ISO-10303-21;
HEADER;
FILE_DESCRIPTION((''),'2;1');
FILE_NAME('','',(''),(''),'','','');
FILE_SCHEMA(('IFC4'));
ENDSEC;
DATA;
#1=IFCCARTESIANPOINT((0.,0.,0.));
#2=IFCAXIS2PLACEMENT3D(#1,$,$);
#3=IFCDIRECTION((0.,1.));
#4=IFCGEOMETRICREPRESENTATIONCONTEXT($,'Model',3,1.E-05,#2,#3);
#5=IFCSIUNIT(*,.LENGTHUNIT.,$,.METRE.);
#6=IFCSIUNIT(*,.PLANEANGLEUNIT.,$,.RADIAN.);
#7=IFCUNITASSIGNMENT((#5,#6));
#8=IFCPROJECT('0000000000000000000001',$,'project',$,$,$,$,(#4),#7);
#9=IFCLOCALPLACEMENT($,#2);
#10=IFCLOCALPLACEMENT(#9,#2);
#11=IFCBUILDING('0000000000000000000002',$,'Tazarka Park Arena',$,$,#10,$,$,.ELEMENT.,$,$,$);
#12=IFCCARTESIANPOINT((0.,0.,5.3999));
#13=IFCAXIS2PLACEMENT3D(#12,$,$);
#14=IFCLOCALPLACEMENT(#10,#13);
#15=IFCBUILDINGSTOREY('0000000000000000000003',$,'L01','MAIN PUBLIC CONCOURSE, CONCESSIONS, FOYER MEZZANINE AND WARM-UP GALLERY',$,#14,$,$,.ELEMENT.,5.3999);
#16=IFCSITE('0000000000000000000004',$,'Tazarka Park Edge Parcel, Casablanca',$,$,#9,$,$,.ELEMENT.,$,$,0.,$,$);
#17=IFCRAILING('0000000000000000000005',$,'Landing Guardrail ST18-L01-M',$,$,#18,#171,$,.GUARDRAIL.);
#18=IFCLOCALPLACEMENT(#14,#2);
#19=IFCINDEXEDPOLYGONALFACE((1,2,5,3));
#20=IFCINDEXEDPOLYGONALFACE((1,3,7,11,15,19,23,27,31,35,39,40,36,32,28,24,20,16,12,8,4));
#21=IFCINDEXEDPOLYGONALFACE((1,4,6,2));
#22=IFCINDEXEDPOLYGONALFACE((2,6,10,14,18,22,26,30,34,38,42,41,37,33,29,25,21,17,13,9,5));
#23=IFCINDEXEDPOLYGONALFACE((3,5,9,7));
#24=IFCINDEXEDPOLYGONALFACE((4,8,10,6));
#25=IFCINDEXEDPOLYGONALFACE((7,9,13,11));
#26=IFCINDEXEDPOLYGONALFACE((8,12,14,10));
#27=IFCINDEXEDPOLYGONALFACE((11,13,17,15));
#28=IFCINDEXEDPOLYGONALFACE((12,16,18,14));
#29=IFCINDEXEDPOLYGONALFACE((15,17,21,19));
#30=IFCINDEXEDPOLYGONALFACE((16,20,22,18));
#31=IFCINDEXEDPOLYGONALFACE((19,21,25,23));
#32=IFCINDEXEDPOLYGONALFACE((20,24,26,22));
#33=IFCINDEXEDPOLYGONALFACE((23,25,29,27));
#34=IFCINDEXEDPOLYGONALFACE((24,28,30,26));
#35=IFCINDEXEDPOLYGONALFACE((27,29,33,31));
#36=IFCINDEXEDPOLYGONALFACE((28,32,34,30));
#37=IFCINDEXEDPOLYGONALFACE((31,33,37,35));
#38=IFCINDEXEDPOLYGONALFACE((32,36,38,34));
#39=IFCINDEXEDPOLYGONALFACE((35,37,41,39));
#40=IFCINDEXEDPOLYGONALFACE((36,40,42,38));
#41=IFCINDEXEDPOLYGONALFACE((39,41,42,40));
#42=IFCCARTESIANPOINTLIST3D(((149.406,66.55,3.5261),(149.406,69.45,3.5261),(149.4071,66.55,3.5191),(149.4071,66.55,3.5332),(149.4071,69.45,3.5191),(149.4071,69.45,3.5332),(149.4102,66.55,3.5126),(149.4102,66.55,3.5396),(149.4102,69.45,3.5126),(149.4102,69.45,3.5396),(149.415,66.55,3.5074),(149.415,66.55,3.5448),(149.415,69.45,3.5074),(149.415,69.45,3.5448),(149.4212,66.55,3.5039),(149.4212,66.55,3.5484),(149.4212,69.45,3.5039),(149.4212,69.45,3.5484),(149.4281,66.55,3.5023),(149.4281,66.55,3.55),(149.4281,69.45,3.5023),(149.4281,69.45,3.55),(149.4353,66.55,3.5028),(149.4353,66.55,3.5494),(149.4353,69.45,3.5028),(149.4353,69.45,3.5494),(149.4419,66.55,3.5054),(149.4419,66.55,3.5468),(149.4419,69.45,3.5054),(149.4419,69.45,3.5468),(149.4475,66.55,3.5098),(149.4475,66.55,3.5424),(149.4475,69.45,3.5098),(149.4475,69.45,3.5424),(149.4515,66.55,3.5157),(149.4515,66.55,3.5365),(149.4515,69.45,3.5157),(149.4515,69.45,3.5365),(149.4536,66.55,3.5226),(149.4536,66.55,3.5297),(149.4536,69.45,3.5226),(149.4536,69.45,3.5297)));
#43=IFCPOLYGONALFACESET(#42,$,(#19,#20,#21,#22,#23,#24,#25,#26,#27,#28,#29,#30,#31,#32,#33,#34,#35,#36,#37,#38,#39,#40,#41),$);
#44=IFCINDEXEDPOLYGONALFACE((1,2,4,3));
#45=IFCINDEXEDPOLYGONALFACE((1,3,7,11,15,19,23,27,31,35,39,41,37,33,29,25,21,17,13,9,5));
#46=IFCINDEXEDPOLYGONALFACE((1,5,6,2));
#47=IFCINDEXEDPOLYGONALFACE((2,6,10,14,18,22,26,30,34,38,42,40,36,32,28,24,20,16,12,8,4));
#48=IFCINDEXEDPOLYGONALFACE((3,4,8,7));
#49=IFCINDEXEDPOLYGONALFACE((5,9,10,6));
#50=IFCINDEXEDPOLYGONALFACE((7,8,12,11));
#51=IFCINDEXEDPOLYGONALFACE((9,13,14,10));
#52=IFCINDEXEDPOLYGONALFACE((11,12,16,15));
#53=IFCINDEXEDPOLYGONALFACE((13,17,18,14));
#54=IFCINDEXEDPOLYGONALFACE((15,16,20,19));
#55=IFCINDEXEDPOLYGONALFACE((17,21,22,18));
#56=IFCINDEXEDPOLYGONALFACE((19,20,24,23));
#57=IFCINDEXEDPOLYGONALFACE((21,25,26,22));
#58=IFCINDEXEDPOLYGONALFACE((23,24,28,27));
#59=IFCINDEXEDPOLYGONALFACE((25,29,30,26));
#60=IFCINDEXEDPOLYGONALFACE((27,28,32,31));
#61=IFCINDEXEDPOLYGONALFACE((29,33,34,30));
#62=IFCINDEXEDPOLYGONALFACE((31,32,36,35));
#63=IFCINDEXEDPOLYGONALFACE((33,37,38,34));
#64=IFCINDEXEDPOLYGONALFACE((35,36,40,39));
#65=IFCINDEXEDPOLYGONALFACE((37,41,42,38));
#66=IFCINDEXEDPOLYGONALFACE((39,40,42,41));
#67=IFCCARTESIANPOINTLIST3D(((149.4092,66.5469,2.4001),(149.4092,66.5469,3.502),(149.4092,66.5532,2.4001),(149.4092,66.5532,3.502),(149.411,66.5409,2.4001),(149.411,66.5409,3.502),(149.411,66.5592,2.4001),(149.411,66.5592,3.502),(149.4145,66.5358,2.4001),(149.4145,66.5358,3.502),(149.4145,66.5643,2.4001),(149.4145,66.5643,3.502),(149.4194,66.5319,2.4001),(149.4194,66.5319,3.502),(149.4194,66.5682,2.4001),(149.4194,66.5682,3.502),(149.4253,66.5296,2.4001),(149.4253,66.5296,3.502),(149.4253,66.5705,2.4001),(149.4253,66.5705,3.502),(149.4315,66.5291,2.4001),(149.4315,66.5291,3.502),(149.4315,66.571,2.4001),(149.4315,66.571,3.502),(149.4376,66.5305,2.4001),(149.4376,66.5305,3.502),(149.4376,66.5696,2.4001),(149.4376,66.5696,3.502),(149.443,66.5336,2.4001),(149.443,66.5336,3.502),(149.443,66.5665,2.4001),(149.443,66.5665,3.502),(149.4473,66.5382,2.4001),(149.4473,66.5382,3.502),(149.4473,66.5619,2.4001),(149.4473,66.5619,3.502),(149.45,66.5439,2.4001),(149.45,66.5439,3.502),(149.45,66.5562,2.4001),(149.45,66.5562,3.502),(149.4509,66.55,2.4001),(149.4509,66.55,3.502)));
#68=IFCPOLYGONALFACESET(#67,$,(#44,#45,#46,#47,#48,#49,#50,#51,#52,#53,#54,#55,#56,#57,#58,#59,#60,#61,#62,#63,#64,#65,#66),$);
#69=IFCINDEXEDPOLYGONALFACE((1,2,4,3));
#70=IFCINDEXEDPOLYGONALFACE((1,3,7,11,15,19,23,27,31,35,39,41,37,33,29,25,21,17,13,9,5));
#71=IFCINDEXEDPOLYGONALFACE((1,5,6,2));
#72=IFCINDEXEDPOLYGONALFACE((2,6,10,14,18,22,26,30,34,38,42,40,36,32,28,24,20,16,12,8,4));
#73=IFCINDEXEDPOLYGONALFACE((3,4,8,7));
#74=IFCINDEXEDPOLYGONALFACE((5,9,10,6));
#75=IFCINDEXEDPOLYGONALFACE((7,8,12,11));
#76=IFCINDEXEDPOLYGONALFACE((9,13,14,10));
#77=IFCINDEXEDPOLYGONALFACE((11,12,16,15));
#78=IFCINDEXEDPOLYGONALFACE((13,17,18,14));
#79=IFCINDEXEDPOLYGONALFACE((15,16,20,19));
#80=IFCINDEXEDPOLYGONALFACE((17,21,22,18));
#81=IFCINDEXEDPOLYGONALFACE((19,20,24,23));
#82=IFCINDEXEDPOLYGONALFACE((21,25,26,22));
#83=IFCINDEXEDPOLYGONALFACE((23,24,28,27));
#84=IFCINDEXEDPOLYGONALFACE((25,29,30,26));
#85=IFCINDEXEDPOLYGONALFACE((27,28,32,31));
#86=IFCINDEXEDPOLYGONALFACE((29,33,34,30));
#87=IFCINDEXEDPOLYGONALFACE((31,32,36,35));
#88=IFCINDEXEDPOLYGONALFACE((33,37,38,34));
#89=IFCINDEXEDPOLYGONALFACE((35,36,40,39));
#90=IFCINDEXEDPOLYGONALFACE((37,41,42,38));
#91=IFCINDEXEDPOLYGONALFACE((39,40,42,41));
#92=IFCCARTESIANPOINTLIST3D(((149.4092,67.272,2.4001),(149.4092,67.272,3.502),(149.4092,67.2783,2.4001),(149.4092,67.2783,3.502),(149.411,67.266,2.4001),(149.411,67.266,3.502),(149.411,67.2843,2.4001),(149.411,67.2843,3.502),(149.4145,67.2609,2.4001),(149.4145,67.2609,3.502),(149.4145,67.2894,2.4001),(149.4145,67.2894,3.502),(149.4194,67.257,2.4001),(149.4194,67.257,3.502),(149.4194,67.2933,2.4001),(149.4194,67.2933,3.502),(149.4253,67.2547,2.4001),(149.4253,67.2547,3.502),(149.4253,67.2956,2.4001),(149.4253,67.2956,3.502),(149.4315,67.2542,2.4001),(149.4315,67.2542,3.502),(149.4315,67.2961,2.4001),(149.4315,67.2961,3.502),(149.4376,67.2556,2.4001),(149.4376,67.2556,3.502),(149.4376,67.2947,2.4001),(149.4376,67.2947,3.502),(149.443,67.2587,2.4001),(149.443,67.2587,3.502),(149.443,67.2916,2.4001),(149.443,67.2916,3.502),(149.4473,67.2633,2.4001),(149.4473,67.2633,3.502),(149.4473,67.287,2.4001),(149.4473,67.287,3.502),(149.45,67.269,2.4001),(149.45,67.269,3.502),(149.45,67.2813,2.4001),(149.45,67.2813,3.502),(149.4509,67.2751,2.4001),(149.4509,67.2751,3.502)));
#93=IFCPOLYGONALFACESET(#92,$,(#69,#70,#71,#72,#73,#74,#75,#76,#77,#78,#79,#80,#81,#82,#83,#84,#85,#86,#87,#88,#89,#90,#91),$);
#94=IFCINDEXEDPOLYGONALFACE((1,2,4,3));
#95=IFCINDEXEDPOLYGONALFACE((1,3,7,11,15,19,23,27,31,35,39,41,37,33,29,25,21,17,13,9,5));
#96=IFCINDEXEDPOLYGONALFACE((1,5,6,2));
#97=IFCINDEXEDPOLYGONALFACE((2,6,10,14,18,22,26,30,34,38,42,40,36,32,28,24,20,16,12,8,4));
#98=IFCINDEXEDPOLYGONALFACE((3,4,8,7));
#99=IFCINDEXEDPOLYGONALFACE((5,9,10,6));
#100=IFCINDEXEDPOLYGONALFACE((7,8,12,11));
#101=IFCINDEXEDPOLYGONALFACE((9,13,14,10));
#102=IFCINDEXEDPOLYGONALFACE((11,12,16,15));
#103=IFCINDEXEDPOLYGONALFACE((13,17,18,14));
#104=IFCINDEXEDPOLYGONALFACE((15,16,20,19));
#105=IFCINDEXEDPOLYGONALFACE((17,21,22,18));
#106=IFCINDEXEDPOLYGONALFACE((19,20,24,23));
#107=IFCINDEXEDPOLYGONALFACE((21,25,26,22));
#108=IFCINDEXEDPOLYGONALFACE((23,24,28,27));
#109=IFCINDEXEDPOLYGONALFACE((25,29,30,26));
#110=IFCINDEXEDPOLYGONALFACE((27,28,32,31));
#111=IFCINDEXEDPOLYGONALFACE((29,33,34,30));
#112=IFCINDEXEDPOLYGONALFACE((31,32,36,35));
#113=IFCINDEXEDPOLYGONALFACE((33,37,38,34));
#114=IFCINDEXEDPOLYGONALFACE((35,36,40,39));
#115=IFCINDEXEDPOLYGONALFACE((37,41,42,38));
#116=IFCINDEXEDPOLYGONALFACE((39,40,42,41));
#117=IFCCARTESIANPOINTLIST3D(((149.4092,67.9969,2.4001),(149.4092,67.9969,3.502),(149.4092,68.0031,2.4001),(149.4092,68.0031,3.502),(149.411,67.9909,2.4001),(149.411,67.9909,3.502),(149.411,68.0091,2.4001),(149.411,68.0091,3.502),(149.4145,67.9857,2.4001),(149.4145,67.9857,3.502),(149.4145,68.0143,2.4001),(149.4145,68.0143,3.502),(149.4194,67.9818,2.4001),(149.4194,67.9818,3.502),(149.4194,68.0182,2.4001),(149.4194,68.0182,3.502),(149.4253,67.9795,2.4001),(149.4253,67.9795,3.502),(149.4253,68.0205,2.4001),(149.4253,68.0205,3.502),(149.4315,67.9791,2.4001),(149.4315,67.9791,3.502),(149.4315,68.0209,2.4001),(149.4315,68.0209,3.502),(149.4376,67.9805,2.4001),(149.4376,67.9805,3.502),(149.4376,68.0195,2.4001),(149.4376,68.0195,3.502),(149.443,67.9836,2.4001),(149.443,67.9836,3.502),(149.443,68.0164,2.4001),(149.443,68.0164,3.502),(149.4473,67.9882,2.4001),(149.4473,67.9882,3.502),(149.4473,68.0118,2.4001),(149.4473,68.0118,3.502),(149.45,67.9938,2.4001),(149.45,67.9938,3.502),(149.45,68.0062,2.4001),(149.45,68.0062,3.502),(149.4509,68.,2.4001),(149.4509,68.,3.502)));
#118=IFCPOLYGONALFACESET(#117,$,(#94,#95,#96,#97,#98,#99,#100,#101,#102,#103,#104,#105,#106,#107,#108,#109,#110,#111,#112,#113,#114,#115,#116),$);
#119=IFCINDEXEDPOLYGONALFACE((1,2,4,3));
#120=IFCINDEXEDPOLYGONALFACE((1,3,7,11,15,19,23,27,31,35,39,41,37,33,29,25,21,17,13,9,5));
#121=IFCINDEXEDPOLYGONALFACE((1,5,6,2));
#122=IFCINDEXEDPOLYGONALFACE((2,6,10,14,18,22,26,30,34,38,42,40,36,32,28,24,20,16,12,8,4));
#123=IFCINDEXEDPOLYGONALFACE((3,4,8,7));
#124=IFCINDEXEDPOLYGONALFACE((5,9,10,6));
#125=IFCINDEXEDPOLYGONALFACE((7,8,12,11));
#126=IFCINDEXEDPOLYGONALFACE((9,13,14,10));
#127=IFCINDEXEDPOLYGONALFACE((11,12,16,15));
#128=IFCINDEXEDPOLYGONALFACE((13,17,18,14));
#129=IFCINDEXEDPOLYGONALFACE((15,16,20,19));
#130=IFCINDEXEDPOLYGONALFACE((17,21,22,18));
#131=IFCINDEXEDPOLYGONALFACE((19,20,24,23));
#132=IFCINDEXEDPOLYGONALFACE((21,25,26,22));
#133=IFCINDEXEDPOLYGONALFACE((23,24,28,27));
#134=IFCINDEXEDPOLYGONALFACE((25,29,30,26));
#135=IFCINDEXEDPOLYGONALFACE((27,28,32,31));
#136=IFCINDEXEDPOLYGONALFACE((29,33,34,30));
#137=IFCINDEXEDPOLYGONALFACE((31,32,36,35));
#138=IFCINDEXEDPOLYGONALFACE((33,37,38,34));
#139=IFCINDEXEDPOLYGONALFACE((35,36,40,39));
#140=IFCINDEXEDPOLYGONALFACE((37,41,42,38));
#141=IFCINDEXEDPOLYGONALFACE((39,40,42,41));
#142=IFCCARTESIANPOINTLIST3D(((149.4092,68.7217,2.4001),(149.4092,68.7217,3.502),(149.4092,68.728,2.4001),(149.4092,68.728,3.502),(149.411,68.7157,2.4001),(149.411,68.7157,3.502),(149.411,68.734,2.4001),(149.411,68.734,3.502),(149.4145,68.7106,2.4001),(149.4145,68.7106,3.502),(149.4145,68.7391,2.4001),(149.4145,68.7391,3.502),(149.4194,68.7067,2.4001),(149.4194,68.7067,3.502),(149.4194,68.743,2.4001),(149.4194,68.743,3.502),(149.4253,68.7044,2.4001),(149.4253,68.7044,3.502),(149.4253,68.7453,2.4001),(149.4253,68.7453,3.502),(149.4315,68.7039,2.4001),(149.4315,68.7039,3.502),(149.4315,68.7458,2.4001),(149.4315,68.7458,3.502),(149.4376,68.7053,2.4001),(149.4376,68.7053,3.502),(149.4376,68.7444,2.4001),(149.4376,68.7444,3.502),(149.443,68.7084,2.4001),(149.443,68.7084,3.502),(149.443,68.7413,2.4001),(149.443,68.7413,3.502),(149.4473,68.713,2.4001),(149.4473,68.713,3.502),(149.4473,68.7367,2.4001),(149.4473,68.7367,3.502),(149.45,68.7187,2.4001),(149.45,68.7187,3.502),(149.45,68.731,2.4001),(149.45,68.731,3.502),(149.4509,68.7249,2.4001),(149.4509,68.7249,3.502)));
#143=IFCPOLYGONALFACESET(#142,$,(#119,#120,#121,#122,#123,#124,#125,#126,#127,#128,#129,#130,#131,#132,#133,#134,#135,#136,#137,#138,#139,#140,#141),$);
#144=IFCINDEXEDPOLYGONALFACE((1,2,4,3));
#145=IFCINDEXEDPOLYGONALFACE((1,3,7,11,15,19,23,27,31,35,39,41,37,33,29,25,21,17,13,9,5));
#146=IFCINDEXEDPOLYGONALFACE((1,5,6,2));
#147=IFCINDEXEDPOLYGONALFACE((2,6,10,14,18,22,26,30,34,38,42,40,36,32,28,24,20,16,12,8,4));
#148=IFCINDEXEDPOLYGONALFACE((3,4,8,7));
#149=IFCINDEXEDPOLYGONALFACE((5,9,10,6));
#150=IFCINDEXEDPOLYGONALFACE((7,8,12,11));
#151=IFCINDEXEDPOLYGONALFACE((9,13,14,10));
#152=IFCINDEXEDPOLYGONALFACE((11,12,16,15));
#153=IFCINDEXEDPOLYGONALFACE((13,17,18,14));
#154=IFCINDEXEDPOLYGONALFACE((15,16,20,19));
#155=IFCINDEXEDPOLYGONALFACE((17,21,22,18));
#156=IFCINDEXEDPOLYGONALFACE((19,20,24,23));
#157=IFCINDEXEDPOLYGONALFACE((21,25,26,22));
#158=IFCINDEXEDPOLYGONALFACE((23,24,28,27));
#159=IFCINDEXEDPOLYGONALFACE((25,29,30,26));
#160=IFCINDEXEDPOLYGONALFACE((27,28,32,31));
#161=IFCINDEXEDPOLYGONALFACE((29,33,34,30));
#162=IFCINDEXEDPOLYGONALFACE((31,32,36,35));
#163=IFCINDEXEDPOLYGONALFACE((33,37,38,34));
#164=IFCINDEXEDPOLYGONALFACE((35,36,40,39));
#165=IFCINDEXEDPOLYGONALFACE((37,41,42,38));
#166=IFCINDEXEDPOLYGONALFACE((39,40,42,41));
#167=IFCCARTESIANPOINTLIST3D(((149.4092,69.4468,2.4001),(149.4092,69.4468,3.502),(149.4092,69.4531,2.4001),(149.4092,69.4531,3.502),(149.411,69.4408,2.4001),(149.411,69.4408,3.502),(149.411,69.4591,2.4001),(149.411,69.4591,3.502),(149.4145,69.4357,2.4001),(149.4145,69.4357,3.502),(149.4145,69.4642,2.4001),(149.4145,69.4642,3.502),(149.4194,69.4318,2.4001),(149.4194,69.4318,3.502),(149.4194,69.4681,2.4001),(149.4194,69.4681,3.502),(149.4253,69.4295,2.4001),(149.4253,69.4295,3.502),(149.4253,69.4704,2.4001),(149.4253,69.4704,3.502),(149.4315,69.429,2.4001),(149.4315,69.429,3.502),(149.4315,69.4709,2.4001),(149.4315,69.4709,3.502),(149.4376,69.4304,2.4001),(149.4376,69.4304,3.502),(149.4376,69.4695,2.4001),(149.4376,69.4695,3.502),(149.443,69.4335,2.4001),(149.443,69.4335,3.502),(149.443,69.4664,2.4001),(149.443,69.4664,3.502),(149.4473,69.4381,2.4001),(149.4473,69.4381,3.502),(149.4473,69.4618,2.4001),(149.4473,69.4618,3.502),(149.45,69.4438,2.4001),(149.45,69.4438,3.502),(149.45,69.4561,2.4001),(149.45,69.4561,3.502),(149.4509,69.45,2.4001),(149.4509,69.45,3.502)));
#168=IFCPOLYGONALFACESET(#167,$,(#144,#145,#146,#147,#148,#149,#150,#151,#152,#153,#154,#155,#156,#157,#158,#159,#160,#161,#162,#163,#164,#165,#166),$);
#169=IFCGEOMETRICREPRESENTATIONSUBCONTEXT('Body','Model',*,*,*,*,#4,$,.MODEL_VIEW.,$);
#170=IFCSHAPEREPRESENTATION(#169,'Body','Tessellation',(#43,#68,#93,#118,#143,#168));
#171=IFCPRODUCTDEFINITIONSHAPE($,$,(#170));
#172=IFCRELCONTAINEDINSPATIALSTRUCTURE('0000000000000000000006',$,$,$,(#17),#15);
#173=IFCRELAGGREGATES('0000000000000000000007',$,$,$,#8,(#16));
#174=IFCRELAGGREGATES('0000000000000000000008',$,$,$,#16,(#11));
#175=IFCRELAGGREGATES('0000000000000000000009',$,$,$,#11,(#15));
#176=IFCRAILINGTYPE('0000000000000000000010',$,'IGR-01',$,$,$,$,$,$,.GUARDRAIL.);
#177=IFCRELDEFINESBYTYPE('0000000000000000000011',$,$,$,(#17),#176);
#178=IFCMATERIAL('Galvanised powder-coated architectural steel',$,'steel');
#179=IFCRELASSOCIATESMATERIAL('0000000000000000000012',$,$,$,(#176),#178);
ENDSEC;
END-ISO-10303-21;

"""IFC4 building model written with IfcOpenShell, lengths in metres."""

from ifc_helpers import new_model, si_unit, direction, frame, origin, origin_2d, place, context, subcontext, project, spatial, circle, extrude, material, type_object, element, save


model = new_model("IFC4")

# Units and contexts
model_context = context("Model", 3, precision=1e-05, world=origin(), true_north=direction((0.0, 1.0)))
body_context = subcontext(model_context, "Body", "Model", "MODEL_VIEW")
ifc_project = project(units=[si_unit("LENGTHUNIT", "METRE"), si_unit("PLANEANGLEUNIT", "RADIAN")], contexts=[model_context])

# Site, building, storey
site_placement = place(None, origin())
site = spatial("IfcSite", under=ifc_project, at=site_placement, Name="Tazarka Park Edge Parcel, Casablanca", CompositionType="ELEMENT", RefElevation=0.0)
building_placement = place(site_placement, origin())
building = spatial("IfcBuilding", under=site, at=building_placement, Name="Tazarka Park Arena", CompositionType="ELEMENT")
storey_placement = place(building_placement, frame((0.0, 0.0, 5.3999)))
storey = spatial("IfcBuildingStorey", under=building, at=storey_placement, Name="L01", Description="MAIN PUBLIC CONCOURSE, CONCESSIONS, FOYER MEZZANINE AND WARM-UP GALLERY", CompositionType="ELEMENT", Elevation=5.3999)

# Railing
ifc_material_1 = material(Name="Galvanised powder-coated architectural steel", Category="steel")
railing_type_1 = type_object("IfcRailingType", Name="IGR-01", PredefinedType="GUARDRAIL", material=ifc_material_1)
for number, where, name in (
    (1, (149.4299, 66.55, 2.4001), "Landing Guardrail ST18-L01-M"),
):
    element("IfcRailing", number, at=place(storey_placement, frame(where)), inside=storey, type_object=railing_type_1, Name=name, PredefinedType="GUARDRAIL", context=body_context, shape_type="SweptSolid", body=[
        extrude(circle(Radius=0.0239, at=origin_2d()), frame((0.0, 0.0, 1.126), z_axis=(0.0, 1.0, 0.0), x_axis=(-1.0, 0.0, 0.0)), (0.0, 0.0, 1.0), 2.8999),
        extrude(circle(Radius=0.021, at=origin_2d()), origin(), (0.0, 0.0, 1.0), 1.1018),
        extrude(circle(Radius=0.021, at=origin_2d()), frame((0.0, 0.7251, 0.0)), (0.0, 0.0, 1.0), 1.1018),
        extrude(circle(Radius=0.021, at=origin_2d()), frame((0.0, 1.45, 0.0)), (0.0, 0.0, 1.0), 1.1018),
        extrude(circle(Radius=0.021, at=origin_2d()), frame((0.0, 2.1748, 0.0)), (0.0, 0.0, 1.0), 1.1018),
        extrude(circle(Radius=0.021, at=origin_2d()), frame((0.0, 2.8999, 0.0)), (0.0, 0.0, 1.0), 1.1018),
    ])

save(model, "model.ifc")
